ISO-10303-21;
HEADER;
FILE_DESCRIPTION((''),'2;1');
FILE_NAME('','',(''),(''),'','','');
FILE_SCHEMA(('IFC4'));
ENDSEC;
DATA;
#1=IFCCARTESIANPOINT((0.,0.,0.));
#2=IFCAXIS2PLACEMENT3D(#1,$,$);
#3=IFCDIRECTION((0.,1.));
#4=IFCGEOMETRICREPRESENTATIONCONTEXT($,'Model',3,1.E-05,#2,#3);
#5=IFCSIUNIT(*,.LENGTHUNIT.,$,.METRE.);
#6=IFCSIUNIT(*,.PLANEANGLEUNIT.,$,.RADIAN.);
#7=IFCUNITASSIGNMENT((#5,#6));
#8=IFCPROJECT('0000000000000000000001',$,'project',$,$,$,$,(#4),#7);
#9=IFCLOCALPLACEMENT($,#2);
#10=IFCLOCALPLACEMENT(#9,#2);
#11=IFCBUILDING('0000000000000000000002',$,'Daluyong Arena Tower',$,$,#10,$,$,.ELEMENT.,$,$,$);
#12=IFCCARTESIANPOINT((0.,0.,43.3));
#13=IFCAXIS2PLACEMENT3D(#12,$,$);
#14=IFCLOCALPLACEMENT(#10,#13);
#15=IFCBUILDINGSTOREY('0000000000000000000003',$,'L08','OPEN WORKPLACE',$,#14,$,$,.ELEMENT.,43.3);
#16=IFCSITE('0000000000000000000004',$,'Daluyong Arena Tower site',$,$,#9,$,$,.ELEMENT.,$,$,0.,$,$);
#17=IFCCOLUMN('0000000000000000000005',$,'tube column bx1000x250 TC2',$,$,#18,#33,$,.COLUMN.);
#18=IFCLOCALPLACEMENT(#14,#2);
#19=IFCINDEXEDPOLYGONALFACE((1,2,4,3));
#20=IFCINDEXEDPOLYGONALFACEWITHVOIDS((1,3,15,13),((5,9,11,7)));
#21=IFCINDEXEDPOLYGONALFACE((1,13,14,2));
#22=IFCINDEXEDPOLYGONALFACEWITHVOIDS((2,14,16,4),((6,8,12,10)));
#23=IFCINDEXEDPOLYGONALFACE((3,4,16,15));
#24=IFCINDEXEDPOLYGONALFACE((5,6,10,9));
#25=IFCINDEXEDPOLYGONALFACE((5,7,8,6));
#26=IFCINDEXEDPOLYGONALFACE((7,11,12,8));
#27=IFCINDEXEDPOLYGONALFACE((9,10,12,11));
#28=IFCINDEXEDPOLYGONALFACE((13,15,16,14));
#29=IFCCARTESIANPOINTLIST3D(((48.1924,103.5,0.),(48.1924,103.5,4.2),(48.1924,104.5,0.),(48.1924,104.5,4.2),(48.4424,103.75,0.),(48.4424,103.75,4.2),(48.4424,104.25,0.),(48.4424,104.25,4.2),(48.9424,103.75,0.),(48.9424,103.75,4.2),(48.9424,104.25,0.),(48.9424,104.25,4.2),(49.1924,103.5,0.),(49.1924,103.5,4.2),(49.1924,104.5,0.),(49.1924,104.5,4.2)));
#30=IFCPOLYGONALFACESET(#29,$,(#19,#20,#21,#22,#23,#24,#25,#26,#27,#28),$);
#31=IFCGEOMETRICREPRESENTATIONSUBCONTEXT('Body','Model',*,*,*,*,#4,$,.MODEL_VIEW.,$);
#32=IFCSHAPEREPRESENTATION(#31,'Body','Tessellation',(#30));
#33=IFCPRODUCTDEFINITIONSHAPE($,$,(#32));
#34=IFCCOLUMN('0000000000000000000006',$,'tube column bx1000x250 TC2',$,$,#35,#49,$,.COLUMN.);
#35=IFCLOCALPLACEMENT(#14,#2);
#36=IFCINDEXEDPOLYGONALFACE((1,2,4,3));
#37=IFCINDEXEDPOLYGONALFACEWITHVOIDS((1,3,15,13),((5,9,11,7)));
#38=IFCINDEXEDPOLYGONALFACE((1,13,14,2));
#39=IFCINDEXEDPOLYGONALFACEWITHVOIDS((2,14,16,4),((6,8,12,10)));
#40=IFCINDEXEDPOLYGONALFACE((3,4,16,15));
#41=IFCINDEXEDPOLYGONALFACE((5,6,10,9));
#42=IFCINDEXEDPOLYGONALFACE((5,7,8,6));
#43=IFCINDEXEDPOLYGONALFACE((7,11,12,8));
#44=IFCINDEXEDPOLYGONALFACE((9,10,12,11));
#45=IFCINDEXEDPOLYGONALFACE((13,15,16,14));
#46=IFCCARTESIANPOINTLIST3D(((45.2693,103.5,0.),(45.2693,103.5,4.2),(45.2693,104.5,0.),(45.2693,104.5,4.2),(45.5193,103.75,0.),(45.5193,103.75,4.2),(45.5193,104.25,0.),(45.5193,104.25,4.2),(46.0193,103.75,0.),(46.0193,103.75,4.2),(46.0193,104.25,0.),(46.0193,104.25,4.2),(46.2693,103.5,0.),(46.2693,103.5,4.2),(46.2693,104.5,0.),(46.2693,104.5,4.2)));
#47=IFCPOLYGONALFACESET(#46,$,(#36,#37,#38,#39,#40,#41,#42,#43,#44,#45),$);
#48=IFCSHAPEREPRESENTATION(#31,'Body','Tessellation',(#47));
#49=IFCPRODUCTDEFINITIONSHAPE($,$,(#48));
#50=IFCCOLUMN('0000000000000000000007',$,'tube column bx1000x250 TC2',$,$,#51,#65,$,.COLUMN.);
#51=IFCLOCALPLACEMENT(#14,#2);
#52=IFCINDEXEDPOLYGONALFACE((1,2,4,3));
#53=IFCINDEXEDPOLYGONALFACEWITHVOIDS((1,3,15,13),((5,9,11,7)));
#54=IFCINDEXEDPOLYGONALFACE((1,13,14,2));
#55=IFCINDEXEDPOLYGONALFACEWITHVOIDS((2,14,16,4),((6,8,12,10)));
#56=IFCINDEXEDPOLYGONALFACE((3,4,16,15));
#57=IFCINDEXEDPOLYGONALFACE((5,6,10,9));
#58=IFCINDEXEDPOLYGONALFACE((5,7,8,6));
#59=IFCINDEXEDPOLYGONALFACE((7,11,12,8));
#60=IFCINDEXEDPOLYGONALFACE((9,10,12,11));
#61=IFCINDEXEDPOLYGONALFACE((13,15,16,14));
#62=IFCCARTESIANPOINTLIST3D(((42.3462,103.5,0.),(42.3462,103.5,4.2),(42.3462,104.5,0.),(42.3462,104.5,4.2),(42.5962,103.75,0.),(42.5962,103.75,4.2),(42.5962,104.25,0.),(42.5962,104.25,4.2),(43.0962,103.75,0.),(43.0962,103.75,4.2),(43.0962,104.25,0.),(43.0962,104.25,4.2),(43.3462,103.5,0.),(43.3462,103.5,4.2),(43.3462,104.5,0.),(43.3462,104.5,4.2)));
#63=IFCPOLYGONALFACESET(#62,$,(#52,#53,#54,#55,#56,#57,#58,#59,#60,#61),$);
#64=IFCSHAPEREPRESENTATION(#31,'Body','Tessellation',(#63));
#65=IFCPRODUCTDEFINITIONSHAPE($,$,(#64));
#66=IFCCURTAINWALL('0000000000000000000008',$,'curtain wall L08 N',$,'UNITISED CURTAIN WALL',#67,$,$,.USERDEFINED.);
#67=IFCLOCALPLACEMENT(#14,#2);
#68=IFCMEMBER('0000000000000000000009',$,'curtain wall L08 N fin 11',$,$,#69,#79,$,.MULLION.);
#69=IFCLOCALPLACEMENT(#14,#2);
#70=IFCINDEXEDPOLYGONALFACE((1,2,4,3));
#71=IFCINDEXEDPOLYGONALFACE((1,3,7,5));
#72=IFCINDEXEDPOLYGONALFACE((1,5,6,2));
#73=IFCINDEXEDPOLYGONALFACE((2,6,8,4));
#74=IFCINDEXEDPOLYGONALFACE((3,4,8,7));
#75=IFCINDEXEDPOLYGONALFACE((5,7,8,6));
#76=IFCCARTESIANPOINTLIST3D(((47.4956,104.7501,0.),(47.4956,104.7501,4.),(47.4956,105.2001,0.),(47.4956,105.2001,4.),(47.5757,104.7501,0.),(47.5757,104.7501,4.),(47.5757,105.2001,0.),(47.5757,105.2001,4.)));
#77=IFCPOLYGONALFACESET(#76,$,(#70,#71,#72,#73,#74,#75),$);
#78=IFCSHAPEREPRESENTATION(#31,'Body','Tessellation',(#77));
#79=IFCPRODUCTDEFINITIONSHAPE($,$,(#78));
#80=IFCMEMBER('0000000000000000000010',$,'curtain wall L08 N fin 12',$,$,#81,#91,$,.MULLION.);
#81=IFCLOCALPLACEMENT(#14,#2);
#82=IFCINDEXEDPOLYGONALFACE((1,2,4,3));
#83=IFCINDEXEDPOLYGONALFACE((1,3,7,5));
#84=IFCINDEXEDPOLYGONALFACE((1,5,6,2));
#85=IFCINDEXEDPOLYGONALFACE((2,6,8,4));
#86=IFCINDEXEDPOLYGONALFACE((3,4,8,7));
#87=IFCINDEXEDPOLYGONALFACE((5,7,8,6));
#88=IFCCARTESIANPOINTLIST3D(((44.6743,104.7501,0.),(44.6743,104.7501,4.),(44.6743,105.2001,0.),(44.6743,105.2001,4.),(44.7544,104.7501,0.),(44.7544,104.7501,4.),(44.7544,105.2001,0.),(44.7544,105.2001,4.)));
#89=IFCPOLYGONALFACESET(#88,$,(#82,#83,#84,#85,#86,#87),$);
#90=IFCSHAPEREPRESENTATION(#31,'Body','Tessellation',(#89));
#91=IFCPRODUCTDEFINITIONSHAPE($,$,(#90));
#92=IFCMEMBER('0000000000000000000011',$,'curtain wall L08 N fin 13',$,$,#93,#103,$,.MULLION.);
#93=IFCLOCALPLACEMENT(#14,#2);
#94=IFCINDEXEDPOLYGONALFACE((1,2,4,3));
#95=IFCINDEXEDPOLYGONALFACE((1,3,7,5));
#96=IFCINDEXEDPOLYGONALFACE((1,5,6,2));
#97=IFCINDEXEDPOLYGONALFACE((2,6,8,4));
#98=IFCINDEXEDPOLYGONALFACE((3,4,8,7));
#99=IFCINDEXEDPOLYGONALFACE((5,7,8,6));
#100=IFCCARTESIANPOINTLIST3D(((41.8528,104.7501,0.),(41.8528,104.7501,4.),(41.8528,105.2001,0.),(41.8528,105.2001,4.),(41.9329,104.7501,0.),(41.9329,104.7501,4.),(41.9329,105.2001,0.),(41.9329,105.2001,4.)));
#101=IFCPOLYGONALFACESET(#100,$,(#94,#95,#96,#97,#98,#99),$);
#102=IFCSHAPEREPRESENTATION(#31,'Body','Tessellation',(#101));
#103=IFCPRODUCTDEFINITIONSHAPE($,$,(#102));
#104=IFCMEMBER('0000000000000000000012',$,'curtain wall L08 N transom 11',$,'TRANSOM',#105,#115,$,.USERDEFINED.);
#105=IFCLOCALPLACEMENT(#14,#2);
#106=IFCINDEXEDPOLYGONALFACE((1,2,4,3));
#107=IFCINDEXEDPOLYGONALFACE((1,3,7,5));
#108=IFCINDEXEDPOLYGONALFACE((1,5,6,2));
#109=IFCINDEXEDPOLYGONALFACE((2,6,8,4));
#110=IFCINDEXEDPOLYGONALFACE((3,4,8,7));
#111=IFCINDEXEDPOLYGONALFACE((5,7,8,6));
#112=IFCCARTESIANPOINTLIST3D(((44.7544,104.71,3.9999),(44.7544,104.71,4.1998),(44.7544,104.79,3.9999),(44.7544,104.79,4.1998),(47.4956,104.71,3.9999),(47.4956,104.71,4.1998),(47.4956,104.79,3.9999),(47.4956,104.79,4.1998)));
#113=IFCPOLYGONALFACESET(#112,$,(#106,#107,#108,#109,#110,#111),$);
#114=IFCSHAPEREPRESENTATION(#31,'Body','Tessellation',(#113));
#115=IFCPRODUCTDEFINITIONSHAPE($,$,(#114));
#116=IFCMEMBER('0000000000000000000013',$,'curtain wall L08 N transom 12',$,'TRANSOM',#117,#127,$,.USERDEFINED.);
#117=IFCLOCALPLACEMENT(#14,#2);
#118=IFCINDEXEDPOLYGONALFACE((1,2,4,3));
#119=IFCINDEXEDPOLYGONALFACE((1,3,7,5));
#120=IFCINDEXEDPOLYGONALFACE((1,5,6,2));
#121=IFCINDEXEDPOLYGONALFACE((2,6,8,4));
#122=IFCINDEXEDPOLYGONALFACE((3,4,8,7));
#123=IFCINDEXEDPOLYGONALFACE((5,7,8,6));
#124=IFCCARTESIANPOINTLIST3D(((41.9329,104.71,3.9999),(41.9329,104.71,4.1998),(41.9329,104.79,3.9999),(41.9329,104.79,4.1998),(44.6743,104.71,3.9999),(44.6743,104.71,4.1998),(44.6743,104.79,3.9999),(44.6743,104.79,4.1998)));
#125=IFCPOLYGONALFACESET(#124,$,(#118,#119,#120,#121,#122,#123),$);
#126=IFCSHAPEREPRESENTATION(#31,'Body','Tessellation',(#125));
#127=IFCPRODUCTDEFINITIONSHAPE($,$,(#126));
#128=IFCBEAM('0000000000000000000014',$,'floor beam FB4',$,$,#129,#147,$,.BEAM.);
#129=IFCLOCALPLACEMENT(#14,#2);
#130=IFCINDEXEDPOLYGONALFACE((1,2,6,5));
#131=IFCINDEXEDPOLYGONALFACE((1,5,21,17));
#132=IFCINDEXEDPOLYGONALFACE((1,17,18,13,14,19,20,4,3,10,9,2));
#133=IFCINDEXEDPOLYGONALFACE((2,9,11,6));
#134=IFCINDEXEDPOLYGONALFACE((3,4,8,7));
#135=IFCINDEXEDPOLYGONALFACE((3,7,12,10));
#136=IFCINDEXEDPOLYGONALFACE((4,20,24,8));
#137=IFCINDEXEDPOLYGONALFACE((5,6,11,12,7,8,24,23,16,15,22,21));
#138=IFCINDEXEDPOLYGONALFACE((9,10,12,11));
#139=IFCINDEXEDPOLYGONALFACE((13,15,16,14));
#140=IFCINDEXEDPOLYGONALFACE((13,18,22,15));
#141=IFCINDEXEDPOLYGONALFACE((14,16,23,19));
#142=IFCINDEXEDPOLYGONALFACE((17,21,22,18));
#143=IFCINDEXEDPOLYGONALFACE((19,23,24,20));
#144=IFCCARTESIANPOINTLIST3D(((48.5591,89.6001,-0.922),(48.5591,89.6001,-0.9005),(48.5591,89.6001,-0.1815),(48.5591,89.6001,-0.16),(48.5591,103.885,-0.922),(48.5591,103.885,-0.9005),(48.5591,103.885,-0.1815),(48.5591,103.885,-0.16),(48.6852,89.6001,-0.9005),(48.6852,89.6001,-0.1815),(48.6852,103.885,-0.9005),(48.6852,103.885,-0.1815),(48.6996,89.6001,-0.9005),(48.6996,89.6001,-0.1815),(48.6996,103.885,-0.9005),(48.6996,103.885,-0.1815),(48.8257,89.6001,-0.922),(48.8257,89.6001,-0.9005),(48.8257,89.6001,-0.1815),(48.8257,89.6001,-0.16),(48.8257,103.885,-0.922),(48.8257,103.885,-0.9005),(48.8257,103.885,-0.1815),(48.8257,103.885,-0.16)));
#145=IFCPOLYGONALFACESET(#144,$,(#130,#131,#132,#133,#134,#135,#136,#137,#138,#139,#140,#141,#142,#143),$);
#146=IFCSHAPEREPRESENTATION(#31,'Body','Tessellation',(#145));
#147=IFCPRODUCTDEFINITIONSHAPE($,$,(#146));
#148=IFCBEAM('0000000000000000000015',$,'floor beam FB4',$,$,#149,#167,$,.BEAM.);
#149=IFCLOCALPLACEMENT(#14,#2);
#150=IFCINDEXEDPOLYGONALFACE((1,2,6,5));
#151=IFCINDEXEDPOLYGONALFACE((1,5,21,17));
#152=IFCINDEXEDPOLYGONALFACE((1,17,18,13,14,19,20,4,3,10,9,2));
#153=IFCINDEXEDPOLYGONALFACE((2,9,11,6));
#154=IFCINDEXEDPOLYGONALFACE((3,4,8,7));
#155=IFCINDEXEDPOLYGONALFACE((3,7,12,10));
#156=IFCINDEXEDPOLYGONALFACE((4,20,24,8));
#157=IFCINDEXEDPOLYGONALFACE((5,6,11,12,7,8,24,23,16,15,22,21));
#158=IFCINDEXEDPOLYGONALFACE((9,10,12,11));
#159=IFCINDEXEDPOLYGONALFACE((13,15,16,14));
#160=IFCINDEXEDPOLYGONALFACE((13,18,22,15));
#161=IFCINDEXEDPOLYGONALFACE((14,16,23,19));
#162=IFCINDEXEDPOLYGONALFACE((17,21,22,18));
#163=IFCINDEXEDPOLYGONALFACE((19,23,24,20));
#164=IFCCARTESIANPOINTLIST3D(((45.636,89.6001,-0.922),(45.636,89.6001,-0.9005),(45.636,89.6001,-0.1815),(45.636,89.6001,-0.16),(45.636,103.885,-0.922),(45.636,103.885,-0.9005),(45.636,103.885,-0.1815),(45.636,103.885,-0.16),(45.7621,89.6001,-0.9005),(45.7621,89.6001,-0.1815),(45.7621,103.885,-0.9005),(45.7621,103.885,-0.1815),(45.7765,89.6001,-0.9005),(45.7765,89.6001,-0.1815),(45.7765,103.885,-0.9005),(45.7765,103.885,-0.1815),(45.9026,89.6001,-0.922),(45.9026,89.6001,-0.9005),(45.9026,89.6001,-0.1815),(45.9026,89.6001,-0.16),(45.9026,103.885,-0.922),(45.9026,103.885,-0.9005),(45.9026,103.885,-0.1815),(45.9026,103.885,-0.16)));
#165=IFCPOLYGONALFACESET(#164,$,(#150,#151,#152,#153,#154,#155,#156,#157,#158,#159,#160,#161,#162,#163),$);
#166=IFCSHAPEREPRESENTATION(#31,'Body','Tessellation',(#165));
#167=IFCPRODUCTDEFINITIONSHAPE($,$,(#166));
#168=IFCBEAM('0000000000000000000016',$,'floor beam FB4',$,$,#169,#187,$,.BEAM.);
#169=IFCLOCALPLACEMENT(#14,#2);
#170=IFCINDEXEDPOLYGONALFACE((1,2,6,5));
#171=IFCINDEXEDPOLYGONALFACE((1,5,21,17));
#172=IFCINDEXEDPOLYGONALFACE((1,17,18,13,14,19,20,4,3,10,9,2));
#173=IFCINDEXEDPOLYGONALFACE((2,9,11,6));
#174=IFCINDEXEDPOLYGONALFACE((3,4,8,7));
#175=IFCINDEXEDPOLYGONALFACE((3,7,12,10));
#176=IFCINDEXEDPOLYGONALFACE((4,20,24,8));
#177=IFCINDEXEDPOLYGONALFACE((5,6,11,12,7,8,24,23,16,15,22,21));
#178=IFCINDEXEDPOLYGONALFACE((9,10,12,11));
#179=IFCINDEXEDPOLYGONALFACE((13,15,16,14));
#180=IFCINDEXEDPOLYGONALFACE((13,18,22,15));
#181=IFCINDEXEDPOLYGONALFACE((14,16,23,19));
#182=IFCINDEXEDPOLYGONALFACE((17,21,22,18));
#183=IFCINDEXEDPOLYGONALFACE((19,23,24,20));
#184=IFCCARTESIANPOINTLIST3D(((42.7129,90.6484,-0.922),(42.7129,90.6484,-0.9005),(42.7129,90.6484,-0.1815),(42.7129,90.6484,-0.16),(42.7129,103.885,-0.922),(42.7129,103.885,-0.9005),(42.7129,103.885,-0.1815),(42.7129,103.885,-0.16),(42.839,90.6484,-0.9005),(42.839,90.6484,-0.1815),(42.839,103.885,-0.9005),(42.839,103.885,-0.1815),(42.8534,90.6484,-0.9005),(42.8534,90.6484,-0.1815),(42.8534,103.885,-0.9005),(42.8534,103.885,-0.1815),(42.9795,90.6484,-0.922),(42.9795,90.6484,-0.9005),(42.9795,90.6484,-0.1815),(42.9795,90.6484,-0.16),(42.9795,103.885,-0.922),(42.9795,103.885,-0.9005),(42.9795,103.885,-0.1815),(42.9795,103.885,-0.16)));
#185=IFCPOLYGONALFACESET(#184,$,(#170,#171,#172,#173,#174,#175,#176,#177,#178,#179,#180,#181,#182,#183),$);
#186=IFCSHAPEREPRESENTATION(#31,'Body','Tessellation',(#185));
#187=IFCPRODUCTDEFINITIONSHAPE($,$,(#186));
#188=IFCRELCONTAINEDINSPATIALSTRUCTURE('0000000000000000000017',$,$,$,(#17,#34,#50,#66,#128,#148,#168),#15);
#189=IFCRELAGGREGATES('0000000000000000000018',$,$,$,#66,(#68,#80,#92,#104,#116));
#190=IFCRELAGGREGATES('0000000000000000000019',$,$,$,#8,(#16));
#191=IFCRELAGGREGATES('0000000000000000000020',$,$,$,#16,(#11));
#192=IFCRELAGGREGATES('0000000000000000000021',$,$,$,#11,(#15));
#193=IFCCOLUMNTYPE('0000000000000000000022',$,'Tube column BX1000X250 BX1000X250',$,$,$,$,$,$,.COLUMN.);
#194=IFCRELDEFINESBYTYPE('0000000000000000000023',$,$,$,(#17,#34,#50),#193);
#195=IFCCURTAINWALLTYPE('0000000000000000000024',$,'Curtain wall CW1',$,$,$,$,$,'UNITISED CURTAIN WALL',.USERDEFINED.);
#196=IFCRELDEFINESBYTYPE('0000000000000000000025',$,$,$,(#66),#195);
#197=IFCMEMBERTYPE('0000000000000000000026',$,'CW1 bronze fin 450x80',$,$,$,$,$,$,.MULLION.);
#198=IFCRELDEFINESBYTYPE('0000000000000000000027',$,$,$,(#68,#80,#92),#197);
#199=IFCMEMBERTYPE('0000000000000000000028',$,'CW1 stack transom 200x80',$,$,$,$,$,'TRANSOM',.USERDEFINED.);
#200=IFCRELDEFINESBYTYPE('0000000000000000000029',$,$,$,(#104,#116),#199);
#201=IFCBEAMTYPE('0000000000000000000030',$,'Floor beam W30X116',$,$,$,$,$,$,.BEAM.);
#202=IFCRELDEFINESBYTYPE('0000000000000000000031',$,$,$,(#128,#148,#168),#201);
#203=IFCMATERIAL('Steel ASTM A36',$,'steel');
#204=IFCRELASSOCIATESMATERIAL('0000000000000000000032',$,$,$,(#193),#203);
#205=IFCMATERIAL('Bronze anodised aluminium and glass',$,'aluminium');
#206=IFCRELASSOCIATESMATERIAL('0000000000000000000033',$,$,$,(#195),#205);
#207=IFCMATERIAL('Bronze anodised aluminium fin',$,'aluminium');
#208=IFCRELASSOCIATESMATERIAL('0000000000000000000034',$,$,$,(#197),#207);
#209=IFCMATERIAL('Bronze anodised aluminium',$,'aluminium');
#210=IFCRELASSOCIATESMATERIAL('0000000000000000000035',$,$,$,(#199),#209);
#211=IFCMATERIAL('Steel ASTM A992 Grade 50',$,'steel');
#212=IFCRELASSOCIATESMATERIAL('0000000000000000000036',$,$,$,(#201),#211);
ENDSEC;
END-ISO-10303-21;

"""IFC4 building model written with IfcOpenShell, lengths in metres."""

from ifc_helpers import new_model, si_unit, direction, frame, origin, origin_2d, place, context, subcontext, project, spatial, rectangle, hollow_rectangle, i_section, extrude, material, material_profile, profile_set, type_object, element, aggregate, save


model = new_model("IFC4")

# Units and contexts
model_context = context("Model", 3, precision=1e-05, world=origin(), true_north=direction((0.0, 1.0)))
body_context = subcontext(model_context, "Body", "Model", "MODEL_VIEW")
ifc_project = project(units=[si_unit("LENGTHUNIT", "METRE"), si_unit("PLANEANGLEUNIT", "RADIAN")], contexts=[model_context])

# Site, building, storey
site_placement = place(None, origin())
site = spatial("IfcSite", under=ifc_project, at=site_placement, Name="Daluyong Arena Tower site", CompositionType="ELEMENT", RefElevation=0.0)
building_placement = place(site_placement, origin())
building = spatial("IfcBuilding", under=site, at=building_placement, Name="Daluyong Arena Tower", CompositionType="ELEMENT")
storey_placement = place(building_placement, frame((0.0, 0.0, 43.3)))
storey = spatial("IfcBuildingStorey", under=building, at=storey_placement, Name="L08", Description="OPEN WORKPLACE", CompositionType="ELEMENT", Elevation=43.3)

# Columns
ifc_material_1 = material(Name="Steel ASTM A36", Category="steel")
ifc_material_profile_1 = material_profile(ifc_material_1, hollow_rectangle(XDim=1.0, YDim=1.0, WallThickness=0.25, at=origin_2d()))
ifc_profile_set_1 = profile_set([ifc_material_profile_1], Name="Steel ASTM A36")
column_type = type_object("IfcColumnType", Name="Tube column BX1000X250 BX1000X250", PredefinedType="COLUMN", material=ifc_profile_set_1)
for number, where, z_axis, x_axis, name in (
    (1, (48.6924, 104.0, 0.0), (0.0, 0.0, 1.0), (1.0, 0.0, 0.0), "tube column bx1000x250 TC2"),
    (2, (45.7693, 104.0, 0.0), (0.0, 0.0, 1.0), (1.0, 0.0, 0.0), "tube column bx1000x250 TC2"),
    (3, (42.8462, 104.0, 0.0), (0.0, 0.0, 1.0), (1.0, 0.0, 0.0), "tube column bx1000x250 TC2"),
):
    element("IfcColumn", number, at=place(storey_placement, frame(where, z_axis=z_axis, x_axis=x_axis)), inside=storey, type_object=column_type, Name=name, PredefinedType="COLUMN", context=body_context, shape_type="SweptSolid", body=[
        extrude(hollow_rectangle(XDim=1.0, YDim=1.0, WallThickness=0.25, at=origin_2d()), origin(), (0.0, 0.0, 1.0), 4.2),
    ])

# Curtain wall, members
ifc_material_2 = material(Name="Bronze anodised aluminium and glass", Category="aluminium")
curtain_wall_type = type_object("IfcCurtainWallType", Name="Curtain wall CW1", ElementType="UNITISED CURTAIN WALL", PredefinedType="USERDEFINED", material=ifc_material_2)
curtain_wall_placement = place(storey_placement, origin())
curtain_wall = element("IfcCurtainWall", 4, at=curtain_wall_placement, inside=storey, type_object=curtain_wall_type, Name="curtain wall L08 N", ObjectType="UNITISED CURTAIN WALL", PredefinedType="USERDEFINED")
ifc_material_3 = material(Name="Bronze anodised aluminium fin", Category="aluminium")
ifc_material_profile_2 = material_profile(ifc_material_3, rectangle(XDim=0.45, YDim=0.0801, at=origin_2d()))
ifc_profile_set_2 = profile_set([ifc_material_profile_2], Name="Bronze anodised aluminium fin")
member_type_1 = type_object("IfcMemberType", Name="CW1 bronze fin 450x80", PredefinedType="MULLION", material=ifc_profile_set_2)
member_1_placement = place(storey_placement, frame((47.5356, 104.9751, 0.0), z_axis=(0.0, 0.0, 1.0), x_axis=(0.0, -1.0, 0.0)))
member_1 = element("IfcMember", 5, at=member_1_placement, type_object=member_type_1, Name="curtain wall L08 N fin 11", PredefinedType="MULLION", context=body_context, shape_type="SweptSolid", body=[
    extrude(rectangle(XDim=0.45, YDim=0.0801, at=origin_2d()), origin(), (0.0, 0.0, 1.0), 4.0),
])
member_2_placement = place(storey_placement, frame((44.7144, 104.9751, 0.0), z_axis=(0.0, 0.0, 1.0), x_axis=(0.0, -1.0, 0.0)))
member_2 = element("IfcMember", 6, at=member_2_placement, type_object=member_type_1, Name="curtain wall L08 N fin 12", PredefinedType="MULLION", context=body_context, shape_type="SweptSolid", body=[
    extrude(rectangle(XDim=0.45, YDim=0.0801, at=origin_2d()), origin(), (0.0, 0.0, 1.0), 4.0),
])
member_3_placement = place(storey_placement, frame((41.8928, 104.9751, 0.0), z_axis=(0.0, 0.0, 1.0), x_axis=(0.0, -1.0, 0.0)))
member_3 = element("IfcMember", 7, at=member_3_placement, type_object=member_type_1, Name="curtain wall L08 N fin 13", PredefinedType="MULLION", context=body_context, shape_type="SweptSolid", body=[
    extrude(rectangle(XDim=0.45, YDim=0.0801, at=origin_2d()), origin(), (0.0, 0.0, 1.0), 4.0),
])
ifc_material_4 = material(Name="Bronze anodised aluminium", Category="aluminium")
ifc_material_profile_3 = material_profile(ifc_material_4, rectangle(XDim=0.0801, YDim=0.2, at=origin_2d()))
ifc_profile_set_3 = profile_set([ifc_material_profile_3], Name="Bronze anodised aluminium")
member_type_2 = type_object("IfcMemberType", Name="CW1 stack transom 200x80", ElementType="TRANSOM", PredefinedType="USERDEFINED", material=ifc_profile_set_3)
member_4_placement = place(storey_placement, frame((47.4956, 104.75, 4.0999), z_axis=(-1.0, 0.0, 0.0), x_axis=(0.0, -1.0, 0.0)))
member_4 = element("IfcMember", 8, at=member_4_placement, type_object=member_type_2, Name="curtain wall L08 N transom 11", ObjectType="TRANSOM", PredefinedType="USERDEFINED", context=body_context, shape_type="SweptSolid", body=[
    extrude(rectangle(XDim=0.0801, YDim=0.2, at=origin_2d()), origin(), (0.0, 0.0, 1.0), 2.7412),
])
member_5_placement = place(storey_placement, frame((44.6743, 104.75, 4.0999), z_axis=(-1.0, 0.0, 0.0), x_axis=(0.0, -1.0, 0.0)))
member_5 = element("IfcMember", 9, at=member_5_placement, type_object=member_type_2, Name="curtain wall L08 N transom 12", ObjectType="TRANSOM", PredefinedType="USERDEFINED", context=body_context, shape_type="SweptSolid", body=[
    extrude(rectangle(XDim=0.0801, YDim=0.2, at=origin_2d()), origin(), (0.0, 0.0, 1.0), 2.7415),
])

# Beams
ifc_material_5 = material(Name="Steel ASTM A992 Grade 50", Category="steel")
ifc_material_profile_4 = material_profile(ifc_material_5, i_section(OverallWidth=0.2666, OverallDepth=0.762, WebThickness=0.0144, FlangeThickness=0.0215, at=origin_2d()))
ifc_profile_set_4 = profile_set([ifc_material_profile_4], Name="Steel ASTM A992 Grade 50")
beam_type_1 = type_object("IfcBeamType", Name="Floor beam W30X116", PredefinedType="BEAM", material=ifc_profile_set_4)
for number, where, z_axis, x_axis, name in (
    (10, (48.6924, 103.885, -0.541), (0.0, -1.0, 0.0), (1.0, 0.0, 0.0), "floor beam FB4"),
    (11, (45.7693, 103.885, -0.541), (0.0, -1.0, 0.0), (1.0, 0.0, 0.0), "floor beam FB4"),
):
    element("IfcBeam", number, at=place(storey_placement, frame(where, z_axis=z_axis, x_axis=x_axis)), inside=storey, type_object=beam_type_1, Name=name, PredefinedType="BEAM", context=body_context, shape_type="SweptSolid", body=[
        extrude(i_section(OverallWidth=0.2666, OverallDepth=0.762, WebThickness=0.0144, FlangeThickness=0.0215, at=origin_2d()), origin(), (0.0, 0.0, 1.0), 14.2849),
    ])
beam_placement = place(storey_placement, frame((42.8462, 103.885, -0.541), z_axis=(0.0, -1.0, 0.0), x_axis=(1.0, 0.0, 0.0)))
element("IfcBeam", 12, at=beam_placement, inside=storey, type_object=beam_type_1, Name="floor beam FB4", PredefinedType="BEAM", context=body_context, shape_type="SweptSolid", body=[
    extrude(i_section(OverallWidth=0.2666, OverallDepth=0.762, WebThickness=0.0144, FlangeThickness=0.0215, at=origin_2d()), origin(), (0.0, 0.0, 1.0), 13.2366),
])

aggregate(curtain_wall, [member_1, member_2, member_3, member_4, member_5])

save(model, "model.ifc")
